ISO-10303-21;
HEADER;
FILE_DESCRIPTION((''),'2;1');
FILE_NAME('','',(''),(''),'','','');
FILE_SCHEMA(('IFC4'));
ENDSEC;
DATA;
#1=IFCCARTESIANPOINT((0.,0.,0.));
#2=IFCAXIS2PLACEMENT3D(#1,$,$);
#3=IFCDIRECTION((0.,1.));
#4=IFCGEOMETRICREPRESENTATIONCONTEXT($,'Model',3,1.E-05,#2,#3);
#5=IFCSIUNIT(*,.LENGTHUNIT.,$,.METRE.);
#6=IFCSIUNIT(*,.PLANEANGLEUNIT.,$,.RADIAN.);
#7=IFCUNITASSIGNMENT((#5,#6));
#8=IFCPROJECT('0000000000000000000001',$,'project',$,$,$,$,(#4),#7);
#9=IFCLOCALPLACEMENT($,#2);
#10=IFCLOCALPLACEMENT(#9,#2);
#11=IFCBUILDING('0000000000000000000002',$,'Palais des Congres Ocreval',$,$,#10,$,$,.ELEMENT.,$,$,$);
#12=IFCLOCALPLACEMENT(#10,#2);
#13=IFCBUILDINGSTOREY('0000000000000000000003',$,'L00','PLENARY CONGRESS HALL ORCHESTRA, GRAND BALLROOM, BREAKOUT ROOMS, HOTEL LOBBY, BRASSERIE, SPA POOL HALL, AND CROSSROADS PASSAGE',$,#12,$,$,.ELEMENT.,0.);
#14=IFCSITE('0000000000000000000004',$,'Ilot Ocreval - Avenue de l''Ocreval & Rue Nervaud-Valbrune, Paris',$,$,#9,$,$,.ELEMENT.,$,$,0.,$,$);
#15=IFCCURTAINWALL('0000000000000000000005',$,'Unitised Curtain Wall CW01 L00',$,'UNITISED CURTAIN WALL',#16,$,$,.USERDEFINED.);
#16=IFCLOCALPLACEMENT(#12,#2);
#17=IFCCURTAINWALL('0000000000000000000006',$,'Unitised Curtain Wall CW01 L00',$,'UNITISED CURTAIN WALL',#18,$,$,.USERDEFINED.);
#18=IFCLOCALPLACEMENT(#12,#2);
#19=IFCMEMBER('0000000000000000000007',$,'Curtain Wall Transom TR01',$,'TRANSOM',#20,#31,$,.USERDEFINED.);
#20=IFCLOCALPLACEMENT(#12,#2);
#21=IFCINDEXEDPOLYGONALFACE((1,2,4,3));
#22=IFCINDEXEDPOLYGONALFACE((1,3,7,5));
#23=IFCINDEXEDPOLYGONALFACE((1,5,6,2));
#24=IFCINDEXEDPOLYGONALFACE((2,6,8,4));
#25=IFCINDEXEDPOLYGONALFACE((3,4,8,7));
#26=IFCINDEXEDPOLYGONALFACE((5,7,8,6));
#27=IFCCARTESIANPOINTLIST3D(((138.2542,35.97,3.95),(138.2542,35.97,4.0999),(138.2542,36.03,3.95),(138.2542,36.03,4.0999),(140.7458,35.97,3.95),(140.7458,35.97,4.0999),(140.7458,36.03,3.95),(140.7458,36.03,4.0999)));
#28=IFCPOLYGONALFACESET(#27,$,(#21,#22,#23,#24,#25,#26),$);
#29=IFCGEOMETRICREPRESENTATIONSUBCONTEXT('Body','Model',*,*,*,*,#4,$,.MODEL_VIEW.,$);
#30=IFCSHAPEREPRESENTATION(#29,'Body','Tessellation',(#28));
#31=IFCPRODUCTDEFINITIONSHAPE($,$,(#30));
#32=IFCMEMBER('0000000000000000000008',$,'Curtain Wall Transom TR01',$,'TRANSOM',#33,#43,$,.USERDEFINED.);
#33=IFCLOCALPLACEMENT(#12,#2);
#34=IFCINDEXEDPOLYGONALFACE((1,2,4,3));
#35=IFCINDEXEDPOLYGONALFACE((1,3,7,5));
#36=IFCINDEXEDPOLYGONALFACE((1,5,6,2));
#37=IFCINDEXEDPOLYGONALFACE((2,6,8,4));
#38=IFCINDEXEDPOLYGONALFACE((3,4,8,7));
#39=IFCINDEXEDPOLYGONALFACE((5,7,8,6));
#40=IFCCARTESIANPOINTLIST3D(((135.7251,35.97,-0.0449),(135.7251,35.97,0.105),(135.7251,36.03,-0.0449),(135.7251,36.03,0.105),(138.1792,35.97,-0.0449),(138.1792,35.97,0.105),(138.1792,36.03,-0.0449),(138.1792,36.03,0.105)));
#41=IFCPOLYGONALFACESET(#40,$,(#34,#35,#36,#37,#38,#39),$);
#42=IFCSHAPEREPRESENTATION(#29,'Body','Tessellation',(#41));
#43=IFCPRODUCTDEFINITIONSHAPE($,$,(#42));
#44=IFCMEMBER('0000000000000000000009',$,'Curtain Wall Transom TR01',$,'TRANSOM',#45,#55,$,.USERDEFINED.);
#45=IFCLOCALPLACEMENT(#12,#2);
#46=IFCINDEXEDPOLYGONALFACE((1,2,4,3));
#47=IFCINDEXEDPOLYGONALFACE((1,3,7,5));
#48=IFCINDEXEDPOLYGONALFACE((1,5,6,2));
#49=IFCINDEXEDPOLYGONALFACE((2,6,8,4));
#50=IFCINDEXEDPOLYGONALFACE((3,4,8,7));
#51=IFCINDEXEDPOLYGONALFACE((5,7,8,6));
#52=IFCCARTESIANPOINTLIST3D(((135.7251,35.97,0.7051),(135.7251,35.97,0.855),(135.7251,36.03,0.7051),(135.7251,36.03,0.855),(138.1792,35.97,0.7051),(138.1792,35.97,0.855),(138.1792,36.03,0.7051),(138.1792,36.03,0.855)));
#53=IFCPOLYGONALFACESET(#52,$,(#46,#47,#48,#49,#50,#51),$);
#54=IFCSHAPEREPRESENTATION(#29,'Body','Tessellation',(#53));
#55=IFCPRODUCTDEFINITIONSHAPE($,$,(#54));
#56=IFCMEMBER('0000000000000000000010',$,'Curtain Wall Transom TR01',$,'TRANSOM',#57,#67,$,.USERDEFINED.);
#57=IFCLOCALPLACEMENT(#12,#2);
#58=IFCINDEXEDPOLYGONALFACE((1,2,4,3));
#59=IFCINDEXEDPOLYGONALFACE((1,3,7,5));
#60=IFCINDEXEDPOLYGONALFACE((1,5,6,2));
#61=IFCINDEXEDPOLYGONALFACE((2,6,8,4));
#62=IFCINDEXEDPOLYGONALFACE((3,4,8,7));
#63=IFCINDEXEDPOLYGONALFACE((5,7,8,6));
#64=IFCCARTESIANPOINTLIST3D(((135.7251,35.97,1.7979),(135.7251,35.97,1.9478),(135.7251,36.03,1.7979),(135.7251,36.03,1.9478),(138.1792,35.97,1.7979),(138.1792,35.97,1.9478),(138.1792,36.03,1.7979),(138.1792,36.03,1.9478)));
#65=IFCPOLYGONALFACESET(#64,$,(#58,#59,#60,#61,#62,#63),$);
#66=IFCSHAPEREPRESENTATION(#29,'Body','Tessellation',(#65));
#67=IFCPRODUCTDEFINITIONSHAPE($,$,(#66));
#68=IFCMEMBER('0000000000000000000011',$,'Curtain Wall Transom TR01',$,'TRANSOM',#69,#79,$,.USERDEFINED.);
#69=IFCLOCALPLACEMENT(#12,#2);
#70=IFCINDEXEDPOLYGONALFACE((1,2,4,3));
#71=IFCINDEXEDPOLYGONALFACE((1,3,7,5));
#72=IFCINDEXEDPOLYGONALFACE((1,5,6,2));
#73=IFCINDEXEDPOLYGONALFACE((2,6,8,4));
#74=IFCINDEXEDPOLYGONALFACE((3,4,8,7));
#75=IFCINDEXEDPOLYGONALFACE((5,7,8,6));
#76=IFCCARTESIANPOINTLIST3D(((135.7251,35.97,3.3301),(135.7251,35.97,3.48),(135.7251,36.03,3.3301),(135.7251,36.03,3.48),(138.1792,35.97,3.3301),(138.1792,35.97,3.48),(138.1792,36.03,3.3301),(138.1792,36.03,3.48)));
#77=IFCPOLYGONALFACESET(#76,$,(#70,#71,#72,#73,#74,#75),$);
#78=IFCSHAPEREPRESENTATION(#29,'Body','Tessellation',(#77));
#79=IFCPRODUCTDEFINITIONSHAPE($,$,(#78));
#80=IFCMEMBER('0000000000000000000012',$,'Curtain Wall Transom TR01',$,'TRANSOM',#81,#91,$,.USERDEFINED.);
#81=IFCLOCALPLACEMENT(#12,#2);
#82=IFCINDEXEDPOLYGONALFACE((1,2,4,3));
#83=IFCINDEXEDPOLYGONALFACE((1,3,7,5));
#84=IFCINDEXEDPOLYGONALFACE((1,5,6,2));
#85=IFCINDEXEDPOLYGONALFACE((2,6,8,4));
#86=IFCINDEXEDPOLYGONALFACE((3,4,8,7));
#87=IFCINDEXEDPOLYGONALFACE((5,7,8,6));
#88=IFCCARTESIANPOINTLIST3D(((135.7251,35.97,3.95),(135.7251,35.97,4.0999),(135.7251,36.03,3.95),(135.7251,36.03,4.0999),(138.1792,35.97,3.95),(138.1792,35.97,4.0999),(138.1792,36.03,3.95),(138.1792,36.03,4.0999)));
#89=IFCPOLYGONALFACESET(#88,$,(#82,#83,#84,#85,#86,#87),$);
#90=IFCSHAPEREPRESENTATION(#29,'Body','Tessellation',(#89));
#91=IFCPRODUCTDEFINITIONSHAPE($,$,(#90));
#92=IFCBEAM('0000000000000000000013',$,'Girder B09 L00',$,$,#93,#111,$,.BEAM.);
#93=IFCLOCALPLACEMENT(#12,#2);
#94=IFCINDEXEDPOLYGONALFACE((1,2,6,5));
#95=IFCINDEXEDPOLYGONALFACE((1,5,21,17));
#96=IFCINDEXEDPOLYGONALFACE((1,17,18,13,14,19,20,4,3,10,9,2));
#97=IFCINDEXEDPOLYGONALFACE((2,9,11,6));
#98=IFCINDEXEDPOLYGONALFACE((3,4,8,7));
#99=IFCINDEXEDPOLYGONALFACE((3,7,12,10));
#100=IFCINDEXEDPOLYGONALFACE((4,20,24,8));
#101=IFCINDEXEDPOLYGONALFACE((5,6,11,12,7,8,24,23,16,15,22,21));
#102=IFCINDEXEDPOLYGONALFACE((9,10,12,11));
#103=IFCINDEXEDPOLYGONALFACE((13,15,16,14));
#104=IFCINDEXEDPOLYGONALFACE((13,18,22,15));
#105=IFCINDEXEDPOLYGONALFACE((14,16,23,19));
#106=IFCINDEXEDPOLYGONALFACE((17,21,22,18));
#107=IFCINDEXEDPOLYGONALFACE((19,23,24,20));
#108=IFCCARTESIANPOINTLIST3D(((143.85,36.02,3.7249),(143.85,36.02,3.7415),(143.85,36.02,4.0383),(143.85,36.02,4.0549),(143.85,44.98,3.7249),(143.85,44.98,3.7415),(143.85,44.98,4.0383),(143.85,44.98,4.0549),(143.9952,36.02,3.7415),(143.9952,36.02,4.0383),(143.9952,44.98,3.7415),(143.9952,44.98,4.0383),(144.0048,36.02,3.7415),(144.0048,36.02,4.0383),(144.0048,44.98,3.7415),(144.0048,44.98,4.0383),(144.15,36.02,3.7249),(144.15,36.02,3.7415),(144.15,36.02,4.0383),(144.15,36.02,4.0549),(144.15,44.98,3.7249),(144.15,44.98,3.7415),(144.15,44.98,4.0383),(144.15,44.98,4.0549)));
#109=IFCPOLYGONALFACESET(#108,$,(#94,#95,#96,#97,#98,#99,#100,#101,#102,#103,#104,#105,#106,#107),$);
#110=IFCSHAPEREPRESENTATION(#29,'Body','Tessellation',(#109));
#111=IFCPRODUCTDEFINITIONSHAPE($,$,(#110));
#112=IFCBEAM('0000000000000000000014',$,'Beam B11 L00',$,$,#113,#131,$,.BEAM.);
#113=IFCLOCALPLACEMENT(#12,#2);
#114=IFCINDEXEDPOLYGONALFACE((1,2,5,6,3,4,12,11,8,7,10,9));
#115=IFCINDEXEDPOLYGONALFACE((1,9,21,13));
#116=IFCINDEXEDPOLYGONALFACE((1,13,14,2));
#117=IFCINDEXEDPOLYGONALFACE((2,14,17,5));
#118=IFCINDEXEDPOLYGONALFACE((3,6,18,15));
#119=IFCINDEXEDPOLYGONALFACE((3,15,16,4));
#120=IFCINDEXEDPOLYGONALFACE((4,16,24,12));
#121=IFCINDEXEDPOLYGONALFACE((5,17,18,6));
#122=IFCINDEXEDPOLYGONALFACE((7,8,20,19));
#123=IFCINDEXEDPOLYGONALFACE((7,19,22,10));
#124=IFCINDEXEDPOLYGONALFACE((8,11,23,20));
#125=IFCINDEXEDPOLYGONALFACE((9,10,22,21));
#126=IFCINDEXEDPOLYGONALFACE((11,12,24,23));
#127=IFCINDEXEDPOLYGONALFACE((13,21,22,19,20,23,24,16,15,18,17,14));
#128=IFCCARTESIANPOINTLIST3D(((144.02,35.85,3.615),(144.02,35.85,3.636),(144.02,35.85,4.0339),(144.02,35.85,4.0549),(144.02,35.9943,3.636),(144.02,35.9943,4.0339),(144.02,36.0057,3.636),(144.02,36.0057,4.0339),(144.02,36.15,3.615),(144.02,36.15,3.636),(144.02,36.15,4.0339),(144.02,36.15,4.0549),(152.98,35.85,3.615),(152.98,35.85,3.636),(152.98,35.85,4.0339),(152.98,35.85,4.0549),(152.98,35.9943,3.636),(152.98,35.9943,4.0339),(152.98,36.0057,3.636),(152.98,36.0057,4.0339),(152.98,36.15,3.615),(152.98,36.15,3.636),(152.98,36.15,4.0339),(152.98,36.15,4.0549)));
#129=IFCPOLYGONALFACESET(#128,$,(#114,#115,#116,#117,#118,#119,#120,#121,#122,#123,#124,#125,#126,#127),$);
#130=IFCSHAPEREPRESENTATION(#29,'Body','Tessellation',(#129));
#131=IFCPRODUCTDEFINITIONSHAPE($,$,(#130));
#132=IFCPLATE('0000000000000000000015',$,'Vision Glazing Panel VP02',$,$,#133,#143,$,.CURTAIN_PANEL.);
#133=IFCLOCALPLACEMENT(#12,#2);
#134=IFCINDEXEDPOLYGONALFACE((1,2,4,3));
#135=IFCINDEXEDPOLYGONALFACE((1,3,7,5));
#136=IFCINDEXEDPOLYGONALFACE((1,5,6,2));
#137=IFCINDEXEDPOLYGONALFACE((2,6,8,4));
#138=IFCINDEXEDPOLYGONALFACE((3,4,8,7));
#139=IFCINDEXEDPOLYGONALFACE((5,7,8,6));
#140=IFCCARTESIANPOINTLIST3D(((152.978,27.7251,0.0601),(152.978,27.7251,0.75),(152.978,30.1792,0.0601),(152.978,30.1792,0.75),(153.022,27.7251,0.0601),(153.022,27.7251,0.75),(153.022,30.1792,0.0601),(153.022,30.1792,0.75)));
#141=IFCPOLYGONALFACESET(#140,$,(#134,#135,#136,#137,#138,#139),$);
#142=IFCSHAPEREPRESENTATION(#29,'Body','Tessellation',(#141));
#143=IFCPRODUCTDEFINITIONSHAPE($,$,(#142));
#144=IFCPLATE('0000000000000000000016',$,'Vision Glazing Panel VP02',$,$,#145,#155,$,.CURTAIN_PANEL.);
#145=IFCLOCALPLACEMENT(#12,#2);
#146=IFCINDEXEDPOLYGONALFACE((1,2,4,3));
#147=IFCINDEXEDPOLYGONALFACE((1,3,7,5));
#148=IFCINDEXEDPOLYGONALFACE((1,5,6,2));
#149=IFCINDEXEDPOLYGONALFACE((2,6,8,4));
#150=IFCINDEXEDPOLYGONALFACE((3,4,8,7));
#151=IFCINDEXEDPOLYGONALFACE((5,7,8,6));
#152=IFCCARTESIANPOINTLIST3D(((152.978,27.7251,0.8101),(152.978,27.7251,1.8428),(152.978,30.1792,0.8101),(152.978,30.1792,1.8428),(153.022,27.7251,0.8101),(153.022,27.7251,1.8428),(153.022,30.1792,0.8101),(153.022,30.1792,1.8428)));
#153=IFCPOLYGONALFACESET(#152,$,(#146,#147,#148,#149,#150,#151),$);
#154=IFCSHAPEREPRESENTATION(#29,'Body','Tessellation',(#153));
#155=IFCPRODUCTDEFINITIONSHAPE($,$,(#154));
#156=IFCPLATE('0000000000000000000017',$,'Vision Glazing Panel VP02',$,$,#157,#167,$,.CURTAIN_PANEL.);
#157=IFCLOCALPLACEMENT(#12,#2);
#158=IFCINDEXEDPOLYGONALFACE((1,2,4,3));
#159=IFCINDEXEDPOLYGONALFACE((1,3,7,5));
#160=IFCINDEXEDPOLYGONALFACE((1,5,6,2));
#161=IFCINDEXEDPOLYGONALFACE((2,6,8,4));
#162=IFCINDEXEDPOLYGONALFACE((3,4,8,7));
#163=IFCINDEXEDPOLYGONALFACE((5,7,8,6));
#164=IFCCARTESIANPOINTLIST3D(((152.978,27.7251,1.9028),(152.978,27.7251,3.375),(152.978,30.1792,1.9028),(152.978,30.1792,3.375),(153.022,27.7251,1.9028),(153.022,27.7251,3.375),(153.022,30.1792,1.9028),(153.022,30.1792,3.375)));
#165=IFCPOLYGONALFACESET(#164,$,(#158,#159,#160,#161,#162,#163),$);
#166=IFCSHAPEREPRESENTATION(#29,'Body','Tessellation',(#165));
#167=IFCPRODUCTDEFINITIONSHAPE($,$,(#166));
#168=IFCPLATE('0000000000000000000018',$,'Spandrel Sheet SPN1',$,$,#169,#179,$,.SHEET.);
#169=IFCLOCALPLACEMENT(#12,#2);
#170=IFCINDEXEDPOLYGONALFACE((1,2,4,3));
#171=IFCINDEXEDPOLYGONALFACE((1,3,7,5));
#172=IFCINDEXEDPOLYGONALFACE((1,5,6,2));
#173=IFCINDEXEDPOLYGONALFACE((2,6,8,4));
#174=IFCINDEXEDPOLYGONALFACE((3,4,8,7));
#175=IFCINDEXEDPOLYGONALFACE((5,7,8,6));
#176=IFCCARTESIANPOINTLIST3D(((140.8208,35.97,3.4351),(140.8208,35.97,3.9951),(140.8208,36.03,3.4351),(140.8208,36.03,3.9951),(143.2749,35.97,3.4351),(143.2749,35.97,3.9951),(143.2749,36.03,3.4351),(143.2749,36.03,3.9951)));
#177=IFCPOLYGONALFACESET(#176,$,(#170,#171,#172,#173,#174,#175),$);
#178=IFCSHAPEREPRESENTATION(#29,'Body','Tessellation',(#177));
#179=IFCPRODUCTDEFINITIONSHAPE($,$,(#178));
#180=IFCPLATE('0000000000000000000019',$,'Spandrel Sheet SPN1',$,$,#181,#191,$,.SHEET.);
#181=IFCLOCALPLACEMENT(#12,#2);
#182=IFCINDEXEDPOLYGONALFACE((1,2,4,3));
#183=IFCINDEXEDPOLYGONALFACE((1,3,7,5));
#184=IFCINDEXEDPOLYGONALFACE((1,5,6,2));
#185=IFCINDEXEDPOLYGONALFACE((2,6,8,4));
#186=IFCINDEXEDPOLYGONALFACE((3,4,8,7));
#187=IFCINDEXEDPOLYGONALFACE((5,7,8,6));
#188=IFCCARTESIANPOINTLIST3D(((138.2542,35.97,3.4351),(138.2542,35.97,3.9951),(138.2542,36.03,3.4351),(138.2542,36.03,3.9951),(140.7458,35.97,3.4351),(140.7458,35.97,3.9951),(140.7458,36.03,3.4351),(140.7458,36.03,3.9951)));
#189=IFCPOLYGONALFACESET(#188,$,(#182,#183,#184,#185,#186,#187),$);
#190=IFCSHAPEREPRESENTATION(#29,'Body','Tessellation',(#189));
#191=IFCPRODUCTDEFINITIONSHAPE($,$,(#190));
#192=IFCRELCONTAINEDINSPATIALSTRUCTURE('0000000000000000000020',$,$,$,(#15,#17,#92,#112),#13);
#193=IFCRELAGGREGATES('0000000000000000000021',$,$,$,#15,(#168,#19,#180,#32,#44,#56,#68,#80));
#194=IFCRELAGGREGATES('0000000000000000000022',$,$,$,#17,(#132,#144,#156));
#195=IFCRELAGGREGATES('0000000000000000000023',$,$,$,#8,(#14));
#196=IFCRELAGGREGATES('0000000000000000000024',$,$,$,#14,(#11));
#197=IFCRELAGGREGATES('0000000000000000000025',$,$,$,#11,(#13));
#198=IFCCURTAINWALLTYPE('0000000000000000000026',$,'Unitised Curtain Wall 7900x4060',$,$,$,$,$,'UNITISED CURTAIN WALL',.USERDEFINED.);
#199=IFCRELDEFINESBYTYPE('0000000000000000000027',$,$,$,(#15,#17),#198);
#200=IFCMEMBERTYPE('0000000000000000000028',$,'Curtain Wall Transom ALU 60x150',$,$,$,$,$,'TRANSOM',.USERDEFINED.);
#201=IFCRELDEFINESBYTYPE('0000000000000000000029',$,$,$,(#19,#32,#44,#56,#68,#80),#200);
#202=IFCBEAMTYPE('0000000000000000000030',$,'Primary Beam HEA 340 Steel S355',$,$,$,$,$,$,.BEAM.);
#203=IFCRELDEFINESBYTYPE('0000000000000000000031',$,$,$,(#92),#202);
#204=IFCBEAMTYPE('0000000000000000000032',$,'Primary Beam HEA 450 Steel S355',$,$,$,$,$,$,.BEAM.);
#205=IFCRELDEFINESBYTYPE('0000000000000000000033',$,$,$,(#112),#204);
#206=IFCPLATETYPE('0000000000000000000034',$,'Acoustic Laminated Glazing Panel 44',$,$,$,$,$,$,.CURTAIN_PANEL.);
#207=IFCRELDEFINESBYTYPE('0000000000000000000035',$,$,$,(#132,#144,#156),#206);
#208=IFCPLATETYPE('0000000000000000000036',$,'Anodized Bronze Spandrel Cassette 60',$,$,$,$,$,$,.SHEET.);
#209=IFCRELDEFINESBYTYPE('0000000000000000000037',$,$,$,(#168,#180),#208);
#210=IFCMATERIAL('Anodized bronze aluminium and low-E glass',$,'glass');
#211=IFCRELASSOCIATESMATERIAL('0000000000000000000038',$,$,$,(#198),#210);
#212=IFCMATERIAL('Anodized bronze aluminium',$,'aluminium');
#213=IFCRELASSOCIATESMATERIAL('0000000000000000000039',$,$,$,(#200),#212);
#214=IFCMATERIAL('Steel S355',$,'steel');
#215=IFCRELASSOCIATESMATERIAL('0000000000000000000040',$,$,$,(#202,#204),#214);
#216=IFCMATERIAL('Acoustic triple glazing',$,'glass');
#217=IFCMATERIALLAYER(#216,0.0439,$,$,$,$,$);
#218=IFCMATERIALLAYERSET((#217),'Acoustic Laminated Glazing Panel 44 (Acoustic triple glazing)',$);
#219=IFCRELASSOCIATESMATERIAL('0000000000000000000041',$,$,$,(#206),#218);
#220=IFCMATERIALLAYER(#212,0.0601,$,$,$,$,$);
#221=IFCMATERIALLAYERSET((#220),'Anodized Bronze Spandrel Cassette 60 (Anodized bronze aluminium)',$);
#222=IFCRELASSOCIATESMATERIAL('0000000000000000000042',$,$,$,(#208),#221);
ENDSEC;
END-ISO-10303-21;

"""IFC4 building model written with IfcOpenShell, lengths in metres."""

from ifc_helpers import new_model, si_unit, direction, frame, origin, origin_2d, place, context, subcontext, project, spatial, rectangle, i_section, extrude, material, layer, layer_set, material_profile, profile_set, type_object, element, aggregate, save


model = new_model("IFC4")

# Units and contexts
model_context = context("Model", 3, precision=1e-05, world=origin(), true_north=direction((0.0, 1.0)))
body_context = subcontext(model_context, "Body", "Model", "MODEL_VIEW")
ifc_project = project(units=[si_unit("LENGTHUNIT", "METRE"), si_unit("PLANEANGLEUNIT", "RADIAN")], contexts=[model_context])

# Site, building, storey
site_placement = place(None, origin())
site = spatial("IfcSite", under=ifc_project, at=site_placement, Name="Ilot Ocreval - Avenue de l'Ocreval & Rue Nervaud-Valbrune, Paris", CompositionType="ELEMENT", RefElevation=0.0)
building_placement = place(site_placement, origin())
building = spatial("IfcBuilding", under=site, at=building_placement, Name="Palais des Congres Ocreval", CompositionType="ELEMENT")
storey_placement = place(building_placement, origin())
storey = spatial("IfcBuildingStorey", under=building, at=storey_placement, Name="L00", Description="PLENARY CONGRESS HALL ORCHESTRA, GRAND BALLROOM, BREAKOUT ROOMS, HOTEL LOBBY, BRASSERIE, SPA POOL HALL, AND CROSSROADS PASSAGE", CompositionType="ELEMENT", Elevation=0.0)

# Shared definitions
ifc_material_1 = material(Name="Steel S355", Category="steel")

# Curtain wall
ifc_material_2 = material(Name="Anodized bronze aluminium and low-E glass", Category="glass")
curtain_wall_type = type_object("IfcCurtainWallType", Name="Unitised Curtain Wall 7900x4060", ElementType="UNITISED CURTAIN WALL", PredefinedType="USERDEFINED", material=ifc_material_2)
curtain_wall_1_placement = place(storey_placement, origin())
curtain_wall_1 = element("IfcCurtainWall", 1, at=curtain_wall_1_placement, inside=storey, type_object=curtain_wall_type, Name="Unitised Curtain Wall CW01 L00", ObjectType="UNITISED CURTAIN WALL", PredefinedType="USERDEFINED")
ifc_material_3 = material(Name="Anodized bronze aluminium", Category="aluminium")

# Curtain wall
curtain_wall_2_placement = place(storey_placement, origin())
curtain_wall_2 = element("IfcCurtainWall", 2, at=curtain_wall_2_placement, inside=storey, type_object=curtain_wall_type, Name="Unitised Curtain Wall CW01 L00", ObjectType="UNITISED CURTAIN WALL", PredefinedType="USERDEFINED")
ifc_material_profile_1 = material_profile(ifc_material_3, rectangle(XDim=0.0601, YDim=0.1499, at=origin_2d()), Name="ALU 60x150")
ifc_profile_set_1 = profile_set([ifc_material_profile_1], Name="Anodized bronze aluminium")
member_type_1 = type_object("IfcMemberType", Name="Curtain Wall Transom ALU 60x150", ElementType="TRANSOM", PredefinedType="USERDEFINED", material=ifc_profile_set_1)

# Members
member_1_placement = place(storey_placement, frame((140.7458, 36.0, 4.0249), z_axis=(-1.0, 0.0, 0.0), x_axis=(0.0, -1.0, 0.0)))
member_1 = element("IfcMember", 3, at=member_1_placement, type_object=member_type_1, Name="Curtain Wall Transom TR01", ObjectType="TRANSOM", PredefinedType="USERDEFINED", context=body_context, shape_type="SweptSolid", body=[
    extrude(rectangle(XDim=0.0601, YDim=0.1499, at=origin_2d()), origin(), (0.0, 0.0, 1.0), 2.4917),
])
member_2_placement = place(storey_placement, frame((138.1792, 36.0, 0.03), z_axis=(-1.0, 0.0, 0.0), x_axis=(0.0, -1.0, 0.0)))
member_2 = element("IfcMember", 4, at=member_2_placement, type_object=member_type_1, Name="Curtain Wall Transom TR01", ObjectType="TRANSOM", PredefinedType="USERDEFINED", context=body_context, shape_type="SweptSolid", body=[
    extrude(rectangle(XDim=0.0601, YDim=0.1499, at=origin_2d()), origin(), (0.0, 0.0, 1.0), 2.4541),
])
member_3_placement = place(storey_placement, frame((138.1792, 36.0, 0.78), z_axis=(-1.0, 0.0, 0.0), x_axis=(0.0, -1.0, 0.0)))
member_3 = element("IfcMember", 5, at=member_3_placement, type_object=member_type_1, Name="Curtain Wall Transom TR01", ObjectType="TRANSOM", PredefinedType="USERDEFINED", context=body_context, shape_type="SweptSolid", body=[
    extrude(rectangle(XDim=0.0601, YDim=0.1499, at=origin_2d()), origin(), (0.0, 0.0, 1.0), 2.4541),
])
member_4_placement = place(storey_placement, frame((138.1792, 36.0, 1.8728), z_axis=(-1.0, 0.0, 0.0), x_axis=(0.0, -1.0, 0.0)))
member_4 = element("IfcMember", 6, at=member_4_placement, type_object=member_type_1, Name="Curtain Wall Transom TR01", ObjectType="TRANSOM", PredefinedType="USERDEFINED", context=body_context, shape_type="SweptSolid", body=[
    extrude(rectangle(XDim=0.0601, YDim=0.1499, at=origin_2d()), origin(), (0.0, 0.0, 1.0), 2.4541),
])
member_5_placement = place(storey_placement, frame((138.1792, 36.0, 3.405), z_axis=(-1.0, 0.0, 0.0), x_axis=(0.0, -1.0, 0.0)))
member_5 = element("IfcMember", 7, at=member_5_placement, type_object=member_type_1, Name="Curtain Wall Transom TR01", ObjectType="TRANSOM", PredefinedType="USERDEFINED", context=body_context, shape_type="SweptSolid", body=[
    extrude(rectangle(XDim=0.0601, YDim=0.1499, at=origin_2d()), origin(), (0.0, 0.0, 1.0), 2.4541),
])
member_6_placement = place(storey_placement, frame((138.1792, 36.0, 4.0249), z_axis=(-1.0, 0.0, 0.0), x_axis=(0.0, -1.0, 0.0)))
member_6 = element("IfcMember", 8, at=member_6_placement, type_object=member_type_1, Name="Curtain Wall Transom TR01", ObjectType="TRANSOM", PredefinedType="USERDEFINED", context=body_context, shape_type="SweptSolid", body=[
    extrude(rectangle(XDim=0.0601, YDim=0.1499, at=origin_2d()), origin(), (0.0, 0.0, 1.0), 2.4541),
])

# Beams
ifc_material_profile_2 = material_profile(ifc_material_1, i_section(OverallWidth=0.3, OverallDepth=0.3301, WebThickness=0.0095, FlangeThickness=0.0166, at=origin_2d()), Name="HEA 340")
ifc_profile_set_2 = profile_set([ifc_material_profile_2], Name="Steel S355")
beam_type_1 = type_object("IfcBeamType", Name="Primary Beam HEA 340 Steel S355", PredefinedType="BEAM", material=ifc_profile_set_2)
beam_1_placement = place(storey_placement, frame((144.0, 36.02, 3.8899), z_axis=(0.0, 1.0, 0.0), x_axis=(-1.0, 0.0, 0.0)))
element("IfcBeam", 9, at=beam_1_placement, inside=storey, type_object=beam_type_1, Name="Girder B09 L00", PredefinedType="BEAM", context=body_context, shape_type="SweptSolid", body=[
    extrude(i_section(OverallWidth=0.3, OverallDepth=0.3301, WebThickness=0.0095, FlangeThickness=0.0166, at=origin_2d()), origin(), (0.0, 0.0, 1.0), 8.96),
])
ifc_material_profile_3 = material_profile(ifc_material_1, i_section(OverallWidth=0.3, OverallDepth=0.4399, WebThickness=0.0115, FlangeThickness=0.021, at=origin_2d()), Name="HEA 450")
ifc_profile_set_3 = profile_set([ifc_material_profile_3], Name="Steel S355")
beam_type_2 = type_object("IfcBeamType", Name="Primary Beam HEA 450 Steel S355", PredefinedType="BEAM", material=ifc_profile_set_3)
beam_2_placement = place(storey_placement, frame((144.02, 36.0, 3.835), z_axis=(1.0, 0.0, 0.0), x_axis=(0.0, 1.0, 0.0)))
element("IfcBeam", 10, at=beam_2_placement, inside=storey, type_object=beam_type_2, Name="Beam B11 L00", PredefinedType="BEAM", context=body_context, shape_type="SweptSolid", body=[
    extrude(i_section(OverallWidth=0.3, OverallDepth=0.4399, WebThickness=0.0115, FlangeThickness=0.021, at=origin_2d()), origin(), (0.0, 0.0, 1.0), 8.96),
])

# Plates
ifc_material_4 = material(Name="Acoustic triple glazing", Category="glass")
ifc_layer_1 = layer(ifc_material_4, 0.0439)
ifc_layer_set_1 = layer_set([ifc_layer_1], Name="Acoustic Laminated Glazing Panel 44 (Acoustic triple glazing)")
plate_type_1 = type_object("IfcPlateType", Name="Acoustic Laminated Glazing Panel 44", PredefinedType="CURTAIN_PANEL", material=ifc_layer_set_1)
plate_1_placement = place(storey_placement, frame((153.0, 28.9521, 0.0601), z_axis=(0.0, 0.0, 1.0), x_axis=(0.0, 1.0, 0.0)))
plate_1 = element("IfcPlate", 11, at=plate_1_placement, type_object=plate_type_1, Name="Vision Glazing Panel VP02", PredefinedType="CURTAIN_PANEL", context=body_context, shape_type="SweptSolid", body=[
    extrude(rectangle(XDim=2.4541, YDim=0.0439, at=origin_2d()), origin(), (0.0, 0.0, 1.0), 0.6899),
])
plate_2_placement = place(storey_placement, frame((153.0, 28.9521, 0.8101), z_axis=(0.0, 0.0, 1.0), x_axis=(0.0, 1.0, 0.0)))
plate_2 = element("IfcPlate", 12, at=plate_2_placement, type_object=plate_type_1, Name="Vision Glazing Panel VP02", PredefinedType="CURTAIN_PANEL", context=body_context, shape_type="SweptSolid", body=[
    extrude(rectangle(XDim=2.4541, YDim=0.0439, at=origin_2d()), origin(), (0.0, 0.0, 1.0), 1.0327),
])
plate_3_placement = place(storey_placement, frame((153.0, 28.9521, 1.9028), z_axis=(0.0, 0.0, 1.0), x_axis=(0.0, 1.0, 0.0)))
plate_3 = element("IfcPlate", 13, at=plate_3_placement, type_object=plate_type_1, Name="Vision Glazing Panel VP02", PredefinedType="CURTAIN_PANEL", context=body_context, shape_type="SweptSolid", body=[
    extrude(rectangle(XDim=2.4541, YDim=0.0439, at=origin_2d()), origin(), (0.0, 0.0, 1.0), 1.4722),
])
ifc_layer_2 = layer(ifc_material_3, 0.0601)
ifc_layer_set_2 = layer_set([ifc_layer_2], Name="Anodized Bronze Spandrel Cassette 60 (Anodized bronze aluminium)")
plate_type_2 = type_object("IfcPlateType", Name="Anodized Bronze Spandrel Cassette 60", PredefinedType="SHEET", material=ifc_layer_set_2)
plate_4_placement = place(storey_placement, frame((142.0479, 36.0, 3.4351), z_axis=(0.0, 0.0, 1.0), x_axis=(-1.0, 0.0, 0.0)))
plate_4 = element("IfcPlate", 14, at=plate_4_placement, type_object=plate_type_2, Name="Spandrel Sheet SPN1", PredefinedType="SHEET", context=body_context, shape_type="SweptSolid", body=[
    extrude(rectangle(XDim=2.4541, YDim=0.0601, at=origin_2d()), origin(), (0.0, 0.0, 1.0), 0.5601),
])
plate_5_placement = place(storey_placement, frame((139.5, 36.0, 3.4351), z_axis=(0.0, 0.0, 1.0), x_axis=(-1.0, 0.0, 0.0)))
plate_5 = element("IfcPlate", 15, at=plate_5_placement, type_object=plate_type_2, Name="Spandrel Sheet SPN1", PredefinedType="SHEET", context=body_context, shape_type="SweptSolid", body=[
    extrude(rectangle(XDim=2.4917, YDim=0.0601, at=origin_2d()), origin(), (0.0, 0.0, 1.0), 0.5601),
])
aggregate(curtain_wall_1, [plate_4, member_1, plate_5, member_2, member_3, member_4, member_5, member_6])
aggregate(curtain_wall_2, [plate_1, plate_2, plate_3])

save(model, "model.ifc")
